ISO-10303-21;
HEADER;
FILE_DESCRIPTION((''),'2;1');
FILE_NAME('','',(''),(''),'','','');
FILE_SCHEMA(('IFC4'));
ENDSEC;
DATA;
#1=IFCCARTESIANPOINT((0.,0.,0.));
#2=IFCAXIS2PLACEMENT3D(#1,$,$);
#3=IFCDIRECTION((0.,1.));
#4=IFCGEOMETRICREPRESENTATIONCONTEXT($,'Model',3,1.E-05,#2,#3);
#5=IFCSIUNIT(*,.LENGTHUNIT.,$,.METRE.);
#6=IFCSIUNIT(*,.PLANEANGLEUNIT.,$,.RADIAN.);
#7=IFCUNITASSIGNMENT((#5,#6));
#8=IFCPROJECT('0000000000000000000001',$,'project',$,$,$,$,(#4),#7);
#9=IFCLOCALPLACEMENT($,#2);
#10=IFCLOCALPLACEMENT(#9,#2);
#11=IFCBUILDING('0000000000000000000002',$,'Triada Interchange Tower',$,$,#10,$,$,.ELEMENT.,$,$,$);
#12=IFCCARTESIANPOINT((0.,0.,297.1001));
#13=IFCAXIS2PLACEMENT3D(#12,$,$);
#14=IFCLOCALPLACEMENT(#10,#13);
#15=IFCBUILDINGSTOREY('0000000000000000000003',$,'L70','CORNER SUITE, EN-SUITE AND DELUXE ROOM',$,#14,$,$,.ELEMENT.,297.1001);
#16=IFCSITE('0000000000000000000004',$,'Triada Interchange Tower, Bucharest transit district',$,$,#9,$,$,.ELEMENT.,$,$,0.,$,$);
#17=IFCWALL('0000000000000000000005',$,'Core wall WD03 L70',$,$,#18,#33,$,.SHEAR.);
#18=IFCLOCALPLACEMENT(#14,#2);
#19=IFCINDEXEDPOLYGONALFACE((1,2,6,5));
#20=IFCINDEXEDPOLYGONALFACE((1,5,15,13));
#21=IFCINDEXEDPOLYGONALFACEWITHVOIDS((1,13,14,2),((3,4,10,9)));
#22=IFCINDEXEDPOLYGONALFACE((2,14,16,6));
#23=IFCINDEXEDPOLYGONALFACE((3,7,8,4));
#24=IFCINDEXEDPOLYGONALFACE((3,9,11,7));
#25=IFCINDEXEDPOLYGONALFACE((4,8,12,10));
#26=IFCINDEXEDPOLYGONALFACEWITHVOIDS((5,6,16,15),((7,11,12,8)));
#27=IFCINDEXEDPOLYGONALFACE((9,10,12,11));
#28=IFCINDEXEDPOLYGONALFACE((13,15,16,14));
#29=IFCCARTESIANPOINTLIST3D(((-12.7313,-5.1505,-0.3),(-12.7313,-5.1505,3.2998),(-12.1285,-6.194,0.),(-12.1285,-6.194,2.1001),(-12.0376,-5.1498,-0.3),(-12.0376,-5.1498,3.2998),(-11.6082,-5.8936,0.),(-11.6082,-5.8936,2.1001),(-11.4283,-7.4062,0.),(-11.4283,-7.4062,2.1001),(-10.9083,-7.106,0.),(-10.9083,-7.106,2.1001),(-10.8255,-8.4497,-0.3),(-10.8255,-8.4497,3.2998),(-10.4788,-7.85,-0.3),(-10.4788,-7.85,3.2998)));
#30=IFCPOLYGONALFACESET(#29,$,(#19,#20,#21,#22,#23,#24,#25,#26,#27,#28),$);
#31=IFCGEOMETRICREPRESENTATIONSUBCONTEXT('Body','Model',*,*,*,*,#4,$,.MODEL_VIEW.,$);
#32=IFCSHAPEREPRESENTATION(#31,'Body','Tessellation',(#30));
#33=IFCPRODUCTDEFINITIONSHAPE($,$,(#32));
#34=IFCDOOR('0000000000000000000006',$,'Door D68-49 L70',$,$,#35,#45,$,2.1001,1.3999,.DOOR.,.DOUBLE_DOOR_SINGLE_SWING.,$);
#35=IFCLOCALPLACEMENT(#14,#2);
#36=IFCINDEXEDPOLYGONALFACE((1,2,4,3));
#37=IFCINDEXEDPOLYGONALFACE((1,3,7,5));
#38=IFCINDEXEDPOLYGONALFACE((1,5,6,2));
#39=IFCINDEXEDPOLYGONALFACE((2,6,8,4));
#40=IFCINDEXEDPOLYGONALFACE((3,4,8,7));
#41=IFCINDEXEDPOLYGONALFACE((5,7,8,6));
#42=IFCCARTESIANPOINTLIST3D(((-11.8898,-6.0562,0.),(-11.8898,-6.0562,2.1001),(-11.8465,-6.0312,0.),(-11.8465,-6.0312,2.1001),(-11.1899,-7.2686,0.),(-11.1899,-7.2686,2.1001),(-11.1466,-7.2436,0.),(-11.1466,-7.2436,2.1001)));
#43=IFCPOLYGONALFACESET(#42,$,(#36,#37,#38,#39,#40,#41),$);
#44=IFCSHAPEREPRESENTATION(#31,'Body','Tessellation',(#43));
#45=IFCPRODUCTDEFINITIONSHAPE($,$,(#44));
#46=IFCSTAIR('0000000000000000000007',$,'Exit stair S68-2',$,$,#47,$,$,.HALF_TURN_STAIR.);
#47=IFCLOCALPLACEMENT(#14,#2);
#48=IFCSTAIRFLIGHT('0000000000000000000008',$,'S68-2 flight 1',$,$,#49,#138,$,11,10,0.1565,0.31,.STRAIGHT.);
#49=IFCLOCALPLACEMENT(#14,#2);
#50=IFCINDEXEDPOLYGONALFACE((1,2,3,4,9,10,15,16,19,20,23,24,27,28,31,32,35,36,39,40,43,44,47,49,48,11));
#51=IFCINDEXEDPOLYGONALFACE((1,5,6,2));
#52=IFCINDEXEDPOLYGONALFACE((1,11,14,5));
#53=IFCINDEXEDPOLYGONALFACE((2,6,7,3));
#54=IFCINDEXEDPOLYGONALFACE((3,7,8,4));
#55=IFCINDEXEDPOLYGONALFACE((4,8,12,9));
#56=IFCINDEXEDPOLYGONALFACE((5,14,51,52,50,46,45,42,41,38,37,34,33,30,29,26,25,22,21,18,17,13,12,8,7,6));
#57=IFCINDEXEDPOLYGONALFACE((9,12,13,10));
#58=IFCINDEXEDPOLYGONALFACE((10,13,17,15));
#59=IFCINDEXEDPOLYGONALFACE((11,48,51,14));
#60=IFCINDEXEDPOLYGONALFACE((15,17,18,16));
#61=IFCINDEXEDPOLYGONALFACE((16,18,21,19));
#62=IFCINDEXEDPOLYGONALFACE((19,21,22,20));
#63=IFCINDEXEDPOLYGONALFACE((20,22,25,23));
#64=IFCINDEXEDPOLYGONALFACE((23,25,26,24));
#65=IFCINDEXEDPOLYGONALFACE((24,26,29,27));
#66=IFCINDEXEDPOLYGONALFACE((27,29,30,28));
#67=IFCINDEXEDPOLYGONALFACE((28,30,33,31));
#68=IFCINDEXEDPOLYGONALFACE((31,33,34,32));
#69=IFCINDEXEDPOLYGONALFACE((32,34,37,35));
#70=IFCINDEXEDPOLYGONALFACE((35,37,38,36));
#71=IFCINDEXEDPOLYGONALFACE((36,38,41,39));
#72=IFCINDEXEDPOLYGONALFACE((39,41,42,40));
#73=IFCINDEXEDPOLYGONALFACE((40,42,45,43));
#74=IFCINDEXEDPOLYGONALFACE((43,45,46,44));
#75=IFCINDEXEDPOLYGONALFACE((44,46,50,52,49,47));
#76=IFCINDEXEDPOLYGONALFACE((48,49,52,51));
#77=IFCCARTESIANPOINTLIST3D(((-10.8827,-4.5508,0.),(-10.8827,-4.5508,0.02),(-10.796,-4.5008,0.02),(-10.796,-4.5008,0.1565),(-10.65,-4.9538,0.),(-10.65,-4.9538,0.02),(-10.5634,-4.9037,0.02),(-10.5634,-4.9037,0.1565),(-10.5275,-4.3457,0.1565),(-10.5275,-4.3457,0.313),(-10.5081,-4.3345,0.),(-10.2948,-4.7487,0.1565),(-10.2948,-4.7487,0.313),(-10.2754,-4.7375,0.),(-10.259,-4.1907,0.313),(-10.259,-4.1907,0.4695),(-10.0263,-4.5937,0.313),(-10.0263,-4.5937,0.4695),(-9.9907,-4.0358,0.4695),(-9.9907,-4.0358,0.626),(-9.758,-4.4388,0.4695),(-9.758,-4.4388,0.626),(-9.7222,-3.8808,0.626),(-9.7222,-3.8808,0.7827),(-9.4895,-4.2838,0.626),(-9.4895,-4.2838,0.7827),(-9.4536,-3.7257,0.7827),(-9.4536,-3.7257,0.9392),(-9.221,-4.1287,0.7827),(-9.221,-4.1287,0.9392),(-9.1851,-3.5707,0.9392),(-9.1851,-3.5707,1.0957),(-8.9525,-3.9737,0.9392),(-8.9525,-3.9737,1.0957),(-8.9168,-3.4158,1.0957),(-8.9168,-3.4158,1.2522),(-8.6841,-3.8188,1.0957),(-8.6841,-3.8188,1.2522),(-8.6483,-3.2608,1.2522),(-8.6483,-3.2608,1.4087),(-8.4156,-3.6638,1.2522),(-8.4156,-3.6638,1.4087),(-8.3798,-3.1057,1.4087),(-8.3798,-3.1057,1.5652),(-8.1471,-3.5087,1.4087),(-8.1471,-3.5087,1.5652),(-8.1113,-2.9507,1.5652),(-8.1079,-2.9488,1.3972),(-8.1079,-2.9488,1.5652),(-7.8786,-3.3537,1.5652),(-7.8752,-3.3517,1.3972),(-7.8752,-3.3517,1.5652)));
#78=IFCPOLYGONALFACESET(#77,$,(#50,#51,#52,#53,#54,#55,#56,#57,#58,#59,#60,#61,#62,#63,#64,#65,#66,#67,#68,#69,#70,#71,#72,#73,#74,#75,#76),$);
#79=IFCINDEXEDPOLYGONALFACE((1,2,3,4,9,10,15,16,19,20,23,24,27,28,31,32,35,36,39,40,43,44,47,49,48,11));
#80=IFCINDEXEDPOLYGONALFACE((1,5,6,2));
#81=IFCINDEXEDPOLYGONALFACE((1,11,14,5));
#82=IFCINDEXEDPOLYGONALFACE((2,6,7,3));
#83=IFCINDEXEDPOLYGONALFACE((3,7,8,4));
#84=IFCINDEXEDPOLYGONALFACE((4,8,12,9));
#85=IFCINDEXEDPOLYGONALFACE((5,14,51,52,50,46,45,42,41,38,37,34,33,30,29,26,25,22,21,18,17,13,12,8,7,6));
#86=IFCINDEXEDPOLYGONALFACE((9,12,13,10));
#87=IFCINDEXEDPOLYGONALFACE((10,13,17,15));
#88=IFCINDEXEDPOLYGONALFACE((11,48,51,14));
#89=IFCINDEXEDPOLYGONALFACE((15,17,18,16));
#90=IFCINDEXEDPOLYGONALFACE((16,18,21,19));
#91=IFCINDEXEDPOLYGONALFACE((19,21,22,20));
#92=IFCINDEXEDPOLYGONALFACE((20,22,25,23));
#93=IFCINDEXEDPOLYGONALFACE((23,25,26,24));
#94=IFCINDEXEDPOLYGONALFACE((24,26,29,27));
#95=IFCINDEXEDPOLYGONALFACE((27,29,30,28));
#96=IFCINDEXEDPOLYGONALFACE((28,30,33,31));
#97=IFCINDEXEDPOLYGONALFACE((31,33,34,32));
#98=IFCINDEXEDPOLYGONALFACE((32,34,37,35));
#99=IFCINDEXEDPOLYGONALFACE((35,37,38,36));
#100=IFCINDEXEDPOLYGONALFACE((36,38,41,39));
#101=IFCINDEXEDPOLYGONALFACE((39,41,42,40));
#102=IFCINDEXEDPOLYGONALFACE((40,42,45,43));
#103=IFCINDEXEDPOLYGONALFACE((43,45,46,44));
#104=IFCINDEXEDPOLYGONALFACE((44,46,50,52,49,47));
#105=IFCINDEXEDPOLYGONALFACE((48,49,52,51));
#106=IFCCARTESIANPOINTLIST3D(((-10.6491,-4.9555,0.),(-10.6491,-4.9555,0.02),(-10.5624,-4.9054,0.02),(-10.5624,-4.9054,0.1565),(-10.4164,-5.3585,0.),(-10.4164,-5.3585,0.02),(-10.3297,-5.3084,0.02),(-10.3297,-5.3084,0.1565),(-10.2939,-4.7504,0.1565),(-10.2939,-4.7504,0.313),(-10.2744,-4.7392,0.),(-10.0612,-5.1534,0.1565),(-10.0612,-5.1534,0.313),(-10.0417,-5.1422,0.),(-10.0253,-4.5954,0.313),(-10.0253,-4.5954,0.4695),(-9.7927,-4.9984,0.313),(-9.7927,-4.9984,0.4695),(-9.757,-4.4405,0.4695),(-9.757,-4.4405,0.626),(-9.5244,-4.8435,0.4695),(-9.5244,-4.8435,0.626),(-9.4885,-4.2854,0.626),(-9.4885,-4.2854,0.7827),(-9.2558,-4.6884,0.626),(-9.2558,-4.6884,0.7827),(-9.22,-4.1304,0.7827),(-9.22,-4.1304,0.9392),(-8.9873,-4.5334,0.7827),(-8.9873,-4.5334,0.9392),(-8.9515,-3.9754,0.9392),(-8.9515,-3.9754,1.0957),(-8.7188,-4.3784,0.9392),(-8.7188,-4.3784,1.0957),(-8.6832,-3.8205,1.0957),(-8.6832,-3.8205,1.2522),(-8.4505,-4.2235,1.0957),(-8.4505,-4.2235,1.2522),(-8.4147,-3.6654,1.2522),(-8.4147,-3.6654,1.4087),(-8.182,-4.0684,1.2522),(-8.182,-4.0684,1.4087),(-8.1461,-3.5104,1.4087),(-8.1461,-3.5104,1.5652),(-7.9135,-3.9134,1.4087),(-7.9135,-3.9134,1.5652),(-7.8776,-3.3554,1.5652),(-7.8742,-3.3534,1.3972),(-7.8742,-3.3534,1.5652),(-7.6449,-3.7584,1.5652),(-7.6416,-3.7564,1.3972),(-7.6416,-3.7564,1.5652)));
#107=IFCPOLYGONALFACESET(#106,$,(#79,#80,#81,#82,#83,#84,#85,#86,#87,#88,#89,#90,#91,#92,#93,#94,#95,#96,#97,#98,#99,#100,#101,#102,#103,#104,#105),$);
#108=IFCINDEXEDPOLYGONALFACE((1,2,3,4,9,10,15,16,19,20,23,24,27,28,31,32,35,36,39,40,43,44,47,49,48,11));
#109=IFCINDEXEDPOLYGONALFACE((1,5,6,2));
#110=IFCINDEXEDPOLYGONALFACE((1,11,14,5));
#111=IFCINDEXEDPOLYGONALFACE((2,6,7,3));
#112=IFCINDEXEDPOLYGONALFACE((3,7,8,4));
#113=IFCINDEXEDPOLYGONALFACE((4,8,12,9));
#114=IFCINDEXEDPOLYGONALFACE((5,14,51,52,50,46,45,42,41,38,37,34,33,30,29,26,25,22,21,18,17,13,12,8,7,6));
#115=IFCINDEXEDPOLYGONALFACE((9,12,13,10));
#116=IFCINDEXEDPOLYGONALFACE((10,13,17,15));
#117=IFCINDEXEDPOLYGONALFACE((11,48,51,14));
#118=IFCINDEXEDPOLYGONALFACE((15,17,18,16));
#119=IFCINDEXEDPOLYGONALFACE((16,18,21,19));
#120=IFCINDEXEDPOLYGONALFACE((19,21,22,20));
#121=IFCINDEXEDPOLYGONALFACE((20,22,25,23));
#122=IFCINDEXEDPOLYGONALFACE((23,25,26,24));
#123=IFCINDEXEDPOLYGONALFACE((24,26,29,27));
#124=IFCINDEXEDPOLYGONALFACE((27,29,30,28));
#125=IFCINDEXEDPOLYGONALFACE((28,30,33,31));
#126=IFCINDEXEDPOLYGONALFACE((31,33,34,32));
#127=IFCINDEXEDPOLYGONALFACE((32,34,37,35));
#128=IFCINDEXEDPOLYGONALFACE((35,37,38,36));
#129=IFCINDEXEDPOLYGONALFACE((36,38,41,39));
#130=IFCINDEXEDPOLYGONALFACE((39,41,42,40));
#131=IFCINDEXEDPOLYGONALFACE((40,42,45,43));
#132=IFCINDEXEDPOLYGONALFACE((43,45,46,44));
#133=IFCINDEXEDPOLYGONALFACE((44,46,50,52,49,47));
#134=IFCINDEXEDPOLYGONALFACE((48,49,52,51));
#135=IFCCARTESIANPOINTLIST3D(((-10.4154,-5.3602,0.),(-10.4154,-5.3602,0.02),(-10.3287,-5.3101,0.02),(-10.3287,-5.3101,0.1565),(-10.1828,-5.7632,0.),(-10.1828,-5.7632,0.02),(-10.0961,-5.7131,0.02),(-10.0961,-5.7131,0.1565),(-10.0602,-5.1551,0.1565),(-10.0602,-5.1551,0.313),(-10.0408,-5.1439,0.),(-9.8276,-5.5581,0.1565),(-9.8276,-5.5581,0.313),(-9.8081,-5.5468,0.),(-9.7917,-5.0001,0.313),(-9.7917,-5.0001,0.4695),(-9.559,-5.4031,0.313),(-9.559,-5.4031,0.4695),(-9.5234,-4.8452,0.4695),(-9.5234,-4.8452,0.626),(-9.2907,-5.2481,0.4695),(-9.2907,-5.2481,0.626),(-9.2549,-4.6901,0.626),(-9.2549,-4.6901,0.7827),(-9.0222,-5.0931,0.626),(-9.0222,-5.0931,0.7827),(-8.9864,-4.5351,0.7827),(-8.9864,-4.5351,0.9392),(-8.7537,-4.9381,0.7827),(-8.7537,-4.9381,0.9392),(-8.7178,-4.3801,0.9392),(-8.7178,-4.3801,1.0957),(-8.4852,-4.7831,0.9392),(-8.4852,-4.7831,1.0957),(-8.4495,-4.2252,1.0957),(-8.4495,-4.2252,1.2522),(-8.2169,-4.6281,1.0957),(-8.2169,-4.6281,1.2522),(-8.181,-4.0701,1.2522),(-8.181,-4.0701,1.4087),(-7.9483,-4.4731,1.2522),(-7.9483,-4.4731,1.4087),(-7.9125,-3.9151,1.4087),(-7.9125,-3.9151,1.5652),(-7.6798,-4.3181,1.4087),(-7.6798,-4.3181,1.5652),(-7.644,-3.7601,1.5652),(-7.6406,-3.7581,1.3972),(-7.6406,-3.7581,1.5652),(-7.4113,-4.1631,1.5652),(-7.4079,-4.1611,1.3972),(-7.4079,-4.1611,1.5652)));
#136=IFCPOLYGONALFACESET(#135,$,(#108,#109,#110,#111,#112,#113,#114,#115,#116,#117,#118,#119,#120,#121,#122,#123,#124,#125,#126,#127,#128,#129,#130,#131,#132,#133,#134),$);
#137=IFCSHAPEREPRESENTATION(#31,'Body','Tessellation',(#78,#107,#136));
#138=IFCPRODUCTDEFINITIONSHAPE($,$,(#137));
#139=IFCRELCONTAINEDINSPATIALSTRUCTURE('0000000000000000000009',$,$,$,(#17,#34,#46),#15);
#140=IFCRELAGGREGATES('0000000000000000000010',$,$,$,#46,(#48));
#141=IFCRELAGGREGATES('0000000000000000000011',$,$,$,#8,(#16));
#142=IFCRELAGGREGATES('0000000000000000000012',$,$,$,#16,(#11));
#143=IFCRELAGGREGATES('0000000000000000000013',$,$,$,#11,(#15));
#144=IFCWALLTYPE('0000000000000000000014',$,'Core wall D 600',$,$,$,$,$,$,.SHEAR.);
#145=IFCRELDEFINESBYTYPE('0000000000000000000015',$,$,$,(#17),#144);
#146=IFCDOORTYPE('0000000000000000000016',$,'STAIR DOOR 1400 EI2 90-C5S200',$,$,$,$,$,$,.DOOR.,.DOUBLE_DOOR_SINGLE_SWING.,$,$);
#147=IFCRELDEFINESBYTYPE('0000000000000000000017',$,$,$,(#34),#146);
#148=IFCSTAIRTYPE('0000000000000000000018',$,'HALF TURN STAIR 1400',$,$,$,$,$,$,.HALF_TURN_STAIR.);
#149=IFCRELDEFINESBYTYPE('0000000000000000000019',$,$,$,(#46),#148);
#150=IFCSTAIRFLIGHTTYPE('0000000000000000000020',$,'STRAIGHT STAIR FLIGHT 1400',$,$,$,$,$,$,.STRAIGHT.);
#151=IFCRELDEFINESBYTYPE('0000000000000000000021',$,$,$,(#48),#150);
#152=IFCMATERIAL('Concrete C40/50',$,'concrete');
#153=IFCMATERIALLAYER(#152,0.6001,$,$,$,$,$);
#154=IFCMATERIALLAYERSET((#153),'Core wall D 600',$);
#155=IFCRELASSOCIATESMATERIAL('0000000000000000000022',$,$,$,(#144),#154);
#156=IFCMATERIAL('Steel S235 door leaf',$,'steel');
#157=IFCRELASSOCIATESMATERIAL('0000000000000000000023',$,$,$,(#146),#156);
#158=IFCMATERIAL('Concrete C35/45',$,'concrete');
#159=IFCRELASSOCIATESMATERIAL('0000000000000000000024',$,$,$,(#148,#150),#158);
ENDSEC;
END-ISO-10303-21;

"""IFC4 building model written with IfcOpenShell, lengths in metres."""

from ifc_helpers import new_model, si_unit, direction, frame, frame_2d, origin, place, context, subcontext, project, spatial, polyline, rectangle, outline, extrude, material, layer, layer_set, type_object, element, fill, aggregate, save


model = new_model("IFC4")

# Units and contexts
model_context = context("Model", 3, precision=1e-05, world=origin(), true_north=direction((0.0, 1.0)))
body_context = subcontext(model_context, "Body", "Model", "MODEL_VIEW")
ifc_project = project(units=[si_unit("LENGTHUNIT", "METRE"), si_unit("PLANEANGLEUNIT", "RADIAN")], contexts=[model_context])

# Site, building, storey
site_placement = place(None, origin())
site = spatial("IfcSite", under=ifc_project, at=site_placement, Name="Triada Interchange Tower, Bucharest transit district", CompositionType="ELEMENT", RefElevation=0.0)
building_placement = place(site_placement, origin())
building = spatial("IfcBuilding", under=site, at=building_placement, Name="Triada Interchange Tower", CompositionType="ELEMENT")
storey_placement = place(building_placement, frame((0.0, 0.0, 297.1001)))
storey = spatial("IfcBuildingStorey", under=building, at=storey_placement, Name="L70", Description="CORNER SUITE, EN-SUITE AND DELUXE ROOM", CompositionType="ELEMENT", Elevation=297.1001)

# Shared definitions
ifc_material_1 = material(Name="Steel S235 door leaf", Category="steel")

# Wall, opening, door
ifc_material_2 = material(Name="Concrete C40/50", Category="concrete")
ifc_layer_1 = layer(ifc_material_2, 0.6001)
ifc_layer_set_1 = layer_set([ifc_layer_1], Name="Core wall D 600")
wall_type_1 = type_object("IfcWallType", Name="Core wall D 600", PredefinedType="SHEAR", material=ifc_layer_set_1)
wall_1_placement = place(storey_placement, frame((-12.384, -5.1499, -0.3), z_axis=(0.0, 0.0, 1.0), x_axis=(0.499975, -0.86604, 0.0)))
wall_1 = element("IfcWall", 1, at=wall_1_placement, inside=storey, type_object=wall_type_1, Name="Core wall WD03 L70", PredefinedType="SHEAR", context=body_context, shape_type="SweptSolid", body=[
    extrude(outline(polyline([(-0.1731, -0.301), (1.7319, -0.3005), (3.637, -0.3), (3.291, 0.3), (1.7319, 0.3), (0.1731, 0.3), (-0.1731, -0.301)])), origin(), (0.0, 0.0, 1.0), 3.5999),
])
opening_1_placement = place(wall_1_placement, frame((1.032, 0.0, 0.3)))
opening_1 = element("IfcOpeningElement", 2, at=opening_1_placement, cuts=wall_1, PredefinedType="OPENING", context=body_context, shape_type="SweptSolid", body=[
    extrude(rectangle(XDim=1.3999, YDim=2.1001, at=frame_2d((0.7, 1.05))), frame((0.0, 0.3101, 0.0), z_axis=(0.0, -1.0, 0.0), x_axis=(1.0, 0.0, 0.0)), (0.0, 0.0, 1.0), 0.6211),
])
door_type_1 = type_object("IfcDoorType", Name="STAIR DOOR 1400 EI2 90-C5S200", OperationType="DOUBLE_DOOR_SINGLE_SWING", PredefinedType="DOOR", material=ifc_material_1)
door_1_placement = place(opening_1_placement, origin())
door_1 = element("IfcDoor", 3, at=door_1_placement, inside=storey, type_object=door_type_1, Name="Door D68-49 L70", OperationType="DOUBLE_DOOR_SINGLE_SWING", OverallHeight=2.1001, OverallWidth=1.3999, PredefinedType="DOOR", context=body_context, shape_type="SweptSolid", body=[
    extrude(rectangle(XDim=1.3999, YDim=2.1001, at=frame_2d((0.7, 1.05))), frame((0.0, 0.0249, 0.0), z_axis=(0.0, -1.0, 0.0), x_axis=(1.0, 0.0, 0.0)), (0.0, 0.0, 1.0), 0.05),
])
fill(opening_1, door_1)

# Stair, stair flight
ifc_material_3 = material(Name="Concrete C35/45", Category="concrete")
stair_type = type_object("IfcStairType", Name="HALF TURN STAIR 1400", PredefinedType="HALF_TURN_STAIR", material=ifc_material_3)
stair_placement = place(storey_placement, origin())
stair = element("IfcStair", 4, at=stair_placement, inside=storey, type_object=stair_type, Name="Exit stair S68-2", PredefinedType="HALF_TURN_STAIR")
stair_flight_type = type_object("IfcStairFlightType", Name="STRAIGHT STAIR FLIGHT 1400", PredefinedType="STRAIGHT", material=ifc_material_3)
stair_flight_1_placement = place(storey_placement, frame((-10.446, -5.1069, 0.0), z_axis=(0.0, 0.0, 1.0), x_axis=(0.866025, 0.5, 0.0)))
stair_flight_1 = element("IfcStairFlight", 5, at=stair_flight_1_placement, type_object=stair_flight_type, Name="S68-2 flight 1", NumberOfRisers=11, NumberOfTreads=10, PredefinedType="STRAIGHT", RiserHeight=0.1565, TreadLength=0.31, context=body_context, shape_type="SweptSolid", body=[
    extrude(outline(polyline([(-0.1001, 0.0), (-0.1001, 0.02), (0.0, 0.02), (0.0, 0.1565), (0.3101, 0.1565), (0.3101, 0.313), (0.6201, 0.313), (0.6201, 0.4695), (0.9299, 0.4695), (0.9299, 0.626), (1.24, 0.626), (1.24, 0.7827), (1.55, 0.7827), (1.55, 0.9392), (1.8601, 0.9392), (1.8601, 1.0957), (2.1699, 1.0957), (2.1699, 1.2522), (2.48, 1.2522), (2.48, 1.4087), (2.79, 1.4087), (2.79, 1.5652), (3.1001, 1.5652), (3.104, 1.5652), (3.104, 1.7217), (3.104, 1.3972), (0.3325, 0.0), (-0.1001, 0.0)])), frame((0.0, 0.7, 0.0), z_axis=(0.0, -1.0, 0.0), x_axis=(1.0, 0.0, 0.0)), (0.0, 0.0, 1.0), 0.4653),
    extrude(outline(polyline([(-0.1001, 0.0), (-0.1001, 0.02), (0.0, 0.02), (0.0, 0.1565), (0.3101, 0.1565), (0.3101, 0.313), (0.6201, 0.313), (0.6201, 0.4695), (0.9299, 0.4695), (0.9299, 0.626), (1.24, 0.626), (1.24, 0.7827), (1.55, 0.7827), (1.55, 0.9392), (1.8601, 0.9392), (1.8601, 1.0957), (2.1699, 1.0957), (2.1699, 1.2522), (2.48, 1.2522), (2.48, 1.4087), (2.79, 1.4087), (2.79, 1.5652), (3.1001, 1.5652), (3.104, 1.5652), (3.104, 1.7217), (3.104, 1.3972), (0.3325, 0.0), (-0.1001, 0.0)])), frame((0.0, 0.2327, 0.0), z_axis=(0.0, -1.0, 0.0), x_axis=(1.0, 0.0, 0.0)), (0.0, 0.0, 1.0), 0.4653),
    extrude(outline(polyline([(-0.1001, 0.0), (-0.1001, 0.02), (0.0, 0.02), (0.0, 0.1565), (0.3101, 0.1565), (0.3101, 0.313), (0.6201, 0.313), (0.6201, 0.4695), (0.9299, 0.4695), (0.9299, 0.626), (1.24, 0.626), (1.24, 0.7827), (1.55, 0.7827), (1.55, 0.9392), (1.8601, 0.9392), (1.8601, 1.0957), (2.1699, 1.0957), (2.1699, 1.2522), (2.48, 1.2522), (2.48, 1.4087), (2.79, 1.4087), (2.79, 1.5652), (3.1001, 1.5652), (3.104, 1.5652), (3.104, 1.7217), (3.104, 1.3972), (0.3325, 0.0), (-0.1001, 0.0)])), frame((0.0, -0.2346, 0.0), z_axis=(0.0, -1.0, 0.0), x_axis=(1.0, 0.0, 0.0)), (0.0, 0.0, 1.0), 0.4653),
])
aggregate(stair, [stair_flight_1])

save(model, "model.ifc")
